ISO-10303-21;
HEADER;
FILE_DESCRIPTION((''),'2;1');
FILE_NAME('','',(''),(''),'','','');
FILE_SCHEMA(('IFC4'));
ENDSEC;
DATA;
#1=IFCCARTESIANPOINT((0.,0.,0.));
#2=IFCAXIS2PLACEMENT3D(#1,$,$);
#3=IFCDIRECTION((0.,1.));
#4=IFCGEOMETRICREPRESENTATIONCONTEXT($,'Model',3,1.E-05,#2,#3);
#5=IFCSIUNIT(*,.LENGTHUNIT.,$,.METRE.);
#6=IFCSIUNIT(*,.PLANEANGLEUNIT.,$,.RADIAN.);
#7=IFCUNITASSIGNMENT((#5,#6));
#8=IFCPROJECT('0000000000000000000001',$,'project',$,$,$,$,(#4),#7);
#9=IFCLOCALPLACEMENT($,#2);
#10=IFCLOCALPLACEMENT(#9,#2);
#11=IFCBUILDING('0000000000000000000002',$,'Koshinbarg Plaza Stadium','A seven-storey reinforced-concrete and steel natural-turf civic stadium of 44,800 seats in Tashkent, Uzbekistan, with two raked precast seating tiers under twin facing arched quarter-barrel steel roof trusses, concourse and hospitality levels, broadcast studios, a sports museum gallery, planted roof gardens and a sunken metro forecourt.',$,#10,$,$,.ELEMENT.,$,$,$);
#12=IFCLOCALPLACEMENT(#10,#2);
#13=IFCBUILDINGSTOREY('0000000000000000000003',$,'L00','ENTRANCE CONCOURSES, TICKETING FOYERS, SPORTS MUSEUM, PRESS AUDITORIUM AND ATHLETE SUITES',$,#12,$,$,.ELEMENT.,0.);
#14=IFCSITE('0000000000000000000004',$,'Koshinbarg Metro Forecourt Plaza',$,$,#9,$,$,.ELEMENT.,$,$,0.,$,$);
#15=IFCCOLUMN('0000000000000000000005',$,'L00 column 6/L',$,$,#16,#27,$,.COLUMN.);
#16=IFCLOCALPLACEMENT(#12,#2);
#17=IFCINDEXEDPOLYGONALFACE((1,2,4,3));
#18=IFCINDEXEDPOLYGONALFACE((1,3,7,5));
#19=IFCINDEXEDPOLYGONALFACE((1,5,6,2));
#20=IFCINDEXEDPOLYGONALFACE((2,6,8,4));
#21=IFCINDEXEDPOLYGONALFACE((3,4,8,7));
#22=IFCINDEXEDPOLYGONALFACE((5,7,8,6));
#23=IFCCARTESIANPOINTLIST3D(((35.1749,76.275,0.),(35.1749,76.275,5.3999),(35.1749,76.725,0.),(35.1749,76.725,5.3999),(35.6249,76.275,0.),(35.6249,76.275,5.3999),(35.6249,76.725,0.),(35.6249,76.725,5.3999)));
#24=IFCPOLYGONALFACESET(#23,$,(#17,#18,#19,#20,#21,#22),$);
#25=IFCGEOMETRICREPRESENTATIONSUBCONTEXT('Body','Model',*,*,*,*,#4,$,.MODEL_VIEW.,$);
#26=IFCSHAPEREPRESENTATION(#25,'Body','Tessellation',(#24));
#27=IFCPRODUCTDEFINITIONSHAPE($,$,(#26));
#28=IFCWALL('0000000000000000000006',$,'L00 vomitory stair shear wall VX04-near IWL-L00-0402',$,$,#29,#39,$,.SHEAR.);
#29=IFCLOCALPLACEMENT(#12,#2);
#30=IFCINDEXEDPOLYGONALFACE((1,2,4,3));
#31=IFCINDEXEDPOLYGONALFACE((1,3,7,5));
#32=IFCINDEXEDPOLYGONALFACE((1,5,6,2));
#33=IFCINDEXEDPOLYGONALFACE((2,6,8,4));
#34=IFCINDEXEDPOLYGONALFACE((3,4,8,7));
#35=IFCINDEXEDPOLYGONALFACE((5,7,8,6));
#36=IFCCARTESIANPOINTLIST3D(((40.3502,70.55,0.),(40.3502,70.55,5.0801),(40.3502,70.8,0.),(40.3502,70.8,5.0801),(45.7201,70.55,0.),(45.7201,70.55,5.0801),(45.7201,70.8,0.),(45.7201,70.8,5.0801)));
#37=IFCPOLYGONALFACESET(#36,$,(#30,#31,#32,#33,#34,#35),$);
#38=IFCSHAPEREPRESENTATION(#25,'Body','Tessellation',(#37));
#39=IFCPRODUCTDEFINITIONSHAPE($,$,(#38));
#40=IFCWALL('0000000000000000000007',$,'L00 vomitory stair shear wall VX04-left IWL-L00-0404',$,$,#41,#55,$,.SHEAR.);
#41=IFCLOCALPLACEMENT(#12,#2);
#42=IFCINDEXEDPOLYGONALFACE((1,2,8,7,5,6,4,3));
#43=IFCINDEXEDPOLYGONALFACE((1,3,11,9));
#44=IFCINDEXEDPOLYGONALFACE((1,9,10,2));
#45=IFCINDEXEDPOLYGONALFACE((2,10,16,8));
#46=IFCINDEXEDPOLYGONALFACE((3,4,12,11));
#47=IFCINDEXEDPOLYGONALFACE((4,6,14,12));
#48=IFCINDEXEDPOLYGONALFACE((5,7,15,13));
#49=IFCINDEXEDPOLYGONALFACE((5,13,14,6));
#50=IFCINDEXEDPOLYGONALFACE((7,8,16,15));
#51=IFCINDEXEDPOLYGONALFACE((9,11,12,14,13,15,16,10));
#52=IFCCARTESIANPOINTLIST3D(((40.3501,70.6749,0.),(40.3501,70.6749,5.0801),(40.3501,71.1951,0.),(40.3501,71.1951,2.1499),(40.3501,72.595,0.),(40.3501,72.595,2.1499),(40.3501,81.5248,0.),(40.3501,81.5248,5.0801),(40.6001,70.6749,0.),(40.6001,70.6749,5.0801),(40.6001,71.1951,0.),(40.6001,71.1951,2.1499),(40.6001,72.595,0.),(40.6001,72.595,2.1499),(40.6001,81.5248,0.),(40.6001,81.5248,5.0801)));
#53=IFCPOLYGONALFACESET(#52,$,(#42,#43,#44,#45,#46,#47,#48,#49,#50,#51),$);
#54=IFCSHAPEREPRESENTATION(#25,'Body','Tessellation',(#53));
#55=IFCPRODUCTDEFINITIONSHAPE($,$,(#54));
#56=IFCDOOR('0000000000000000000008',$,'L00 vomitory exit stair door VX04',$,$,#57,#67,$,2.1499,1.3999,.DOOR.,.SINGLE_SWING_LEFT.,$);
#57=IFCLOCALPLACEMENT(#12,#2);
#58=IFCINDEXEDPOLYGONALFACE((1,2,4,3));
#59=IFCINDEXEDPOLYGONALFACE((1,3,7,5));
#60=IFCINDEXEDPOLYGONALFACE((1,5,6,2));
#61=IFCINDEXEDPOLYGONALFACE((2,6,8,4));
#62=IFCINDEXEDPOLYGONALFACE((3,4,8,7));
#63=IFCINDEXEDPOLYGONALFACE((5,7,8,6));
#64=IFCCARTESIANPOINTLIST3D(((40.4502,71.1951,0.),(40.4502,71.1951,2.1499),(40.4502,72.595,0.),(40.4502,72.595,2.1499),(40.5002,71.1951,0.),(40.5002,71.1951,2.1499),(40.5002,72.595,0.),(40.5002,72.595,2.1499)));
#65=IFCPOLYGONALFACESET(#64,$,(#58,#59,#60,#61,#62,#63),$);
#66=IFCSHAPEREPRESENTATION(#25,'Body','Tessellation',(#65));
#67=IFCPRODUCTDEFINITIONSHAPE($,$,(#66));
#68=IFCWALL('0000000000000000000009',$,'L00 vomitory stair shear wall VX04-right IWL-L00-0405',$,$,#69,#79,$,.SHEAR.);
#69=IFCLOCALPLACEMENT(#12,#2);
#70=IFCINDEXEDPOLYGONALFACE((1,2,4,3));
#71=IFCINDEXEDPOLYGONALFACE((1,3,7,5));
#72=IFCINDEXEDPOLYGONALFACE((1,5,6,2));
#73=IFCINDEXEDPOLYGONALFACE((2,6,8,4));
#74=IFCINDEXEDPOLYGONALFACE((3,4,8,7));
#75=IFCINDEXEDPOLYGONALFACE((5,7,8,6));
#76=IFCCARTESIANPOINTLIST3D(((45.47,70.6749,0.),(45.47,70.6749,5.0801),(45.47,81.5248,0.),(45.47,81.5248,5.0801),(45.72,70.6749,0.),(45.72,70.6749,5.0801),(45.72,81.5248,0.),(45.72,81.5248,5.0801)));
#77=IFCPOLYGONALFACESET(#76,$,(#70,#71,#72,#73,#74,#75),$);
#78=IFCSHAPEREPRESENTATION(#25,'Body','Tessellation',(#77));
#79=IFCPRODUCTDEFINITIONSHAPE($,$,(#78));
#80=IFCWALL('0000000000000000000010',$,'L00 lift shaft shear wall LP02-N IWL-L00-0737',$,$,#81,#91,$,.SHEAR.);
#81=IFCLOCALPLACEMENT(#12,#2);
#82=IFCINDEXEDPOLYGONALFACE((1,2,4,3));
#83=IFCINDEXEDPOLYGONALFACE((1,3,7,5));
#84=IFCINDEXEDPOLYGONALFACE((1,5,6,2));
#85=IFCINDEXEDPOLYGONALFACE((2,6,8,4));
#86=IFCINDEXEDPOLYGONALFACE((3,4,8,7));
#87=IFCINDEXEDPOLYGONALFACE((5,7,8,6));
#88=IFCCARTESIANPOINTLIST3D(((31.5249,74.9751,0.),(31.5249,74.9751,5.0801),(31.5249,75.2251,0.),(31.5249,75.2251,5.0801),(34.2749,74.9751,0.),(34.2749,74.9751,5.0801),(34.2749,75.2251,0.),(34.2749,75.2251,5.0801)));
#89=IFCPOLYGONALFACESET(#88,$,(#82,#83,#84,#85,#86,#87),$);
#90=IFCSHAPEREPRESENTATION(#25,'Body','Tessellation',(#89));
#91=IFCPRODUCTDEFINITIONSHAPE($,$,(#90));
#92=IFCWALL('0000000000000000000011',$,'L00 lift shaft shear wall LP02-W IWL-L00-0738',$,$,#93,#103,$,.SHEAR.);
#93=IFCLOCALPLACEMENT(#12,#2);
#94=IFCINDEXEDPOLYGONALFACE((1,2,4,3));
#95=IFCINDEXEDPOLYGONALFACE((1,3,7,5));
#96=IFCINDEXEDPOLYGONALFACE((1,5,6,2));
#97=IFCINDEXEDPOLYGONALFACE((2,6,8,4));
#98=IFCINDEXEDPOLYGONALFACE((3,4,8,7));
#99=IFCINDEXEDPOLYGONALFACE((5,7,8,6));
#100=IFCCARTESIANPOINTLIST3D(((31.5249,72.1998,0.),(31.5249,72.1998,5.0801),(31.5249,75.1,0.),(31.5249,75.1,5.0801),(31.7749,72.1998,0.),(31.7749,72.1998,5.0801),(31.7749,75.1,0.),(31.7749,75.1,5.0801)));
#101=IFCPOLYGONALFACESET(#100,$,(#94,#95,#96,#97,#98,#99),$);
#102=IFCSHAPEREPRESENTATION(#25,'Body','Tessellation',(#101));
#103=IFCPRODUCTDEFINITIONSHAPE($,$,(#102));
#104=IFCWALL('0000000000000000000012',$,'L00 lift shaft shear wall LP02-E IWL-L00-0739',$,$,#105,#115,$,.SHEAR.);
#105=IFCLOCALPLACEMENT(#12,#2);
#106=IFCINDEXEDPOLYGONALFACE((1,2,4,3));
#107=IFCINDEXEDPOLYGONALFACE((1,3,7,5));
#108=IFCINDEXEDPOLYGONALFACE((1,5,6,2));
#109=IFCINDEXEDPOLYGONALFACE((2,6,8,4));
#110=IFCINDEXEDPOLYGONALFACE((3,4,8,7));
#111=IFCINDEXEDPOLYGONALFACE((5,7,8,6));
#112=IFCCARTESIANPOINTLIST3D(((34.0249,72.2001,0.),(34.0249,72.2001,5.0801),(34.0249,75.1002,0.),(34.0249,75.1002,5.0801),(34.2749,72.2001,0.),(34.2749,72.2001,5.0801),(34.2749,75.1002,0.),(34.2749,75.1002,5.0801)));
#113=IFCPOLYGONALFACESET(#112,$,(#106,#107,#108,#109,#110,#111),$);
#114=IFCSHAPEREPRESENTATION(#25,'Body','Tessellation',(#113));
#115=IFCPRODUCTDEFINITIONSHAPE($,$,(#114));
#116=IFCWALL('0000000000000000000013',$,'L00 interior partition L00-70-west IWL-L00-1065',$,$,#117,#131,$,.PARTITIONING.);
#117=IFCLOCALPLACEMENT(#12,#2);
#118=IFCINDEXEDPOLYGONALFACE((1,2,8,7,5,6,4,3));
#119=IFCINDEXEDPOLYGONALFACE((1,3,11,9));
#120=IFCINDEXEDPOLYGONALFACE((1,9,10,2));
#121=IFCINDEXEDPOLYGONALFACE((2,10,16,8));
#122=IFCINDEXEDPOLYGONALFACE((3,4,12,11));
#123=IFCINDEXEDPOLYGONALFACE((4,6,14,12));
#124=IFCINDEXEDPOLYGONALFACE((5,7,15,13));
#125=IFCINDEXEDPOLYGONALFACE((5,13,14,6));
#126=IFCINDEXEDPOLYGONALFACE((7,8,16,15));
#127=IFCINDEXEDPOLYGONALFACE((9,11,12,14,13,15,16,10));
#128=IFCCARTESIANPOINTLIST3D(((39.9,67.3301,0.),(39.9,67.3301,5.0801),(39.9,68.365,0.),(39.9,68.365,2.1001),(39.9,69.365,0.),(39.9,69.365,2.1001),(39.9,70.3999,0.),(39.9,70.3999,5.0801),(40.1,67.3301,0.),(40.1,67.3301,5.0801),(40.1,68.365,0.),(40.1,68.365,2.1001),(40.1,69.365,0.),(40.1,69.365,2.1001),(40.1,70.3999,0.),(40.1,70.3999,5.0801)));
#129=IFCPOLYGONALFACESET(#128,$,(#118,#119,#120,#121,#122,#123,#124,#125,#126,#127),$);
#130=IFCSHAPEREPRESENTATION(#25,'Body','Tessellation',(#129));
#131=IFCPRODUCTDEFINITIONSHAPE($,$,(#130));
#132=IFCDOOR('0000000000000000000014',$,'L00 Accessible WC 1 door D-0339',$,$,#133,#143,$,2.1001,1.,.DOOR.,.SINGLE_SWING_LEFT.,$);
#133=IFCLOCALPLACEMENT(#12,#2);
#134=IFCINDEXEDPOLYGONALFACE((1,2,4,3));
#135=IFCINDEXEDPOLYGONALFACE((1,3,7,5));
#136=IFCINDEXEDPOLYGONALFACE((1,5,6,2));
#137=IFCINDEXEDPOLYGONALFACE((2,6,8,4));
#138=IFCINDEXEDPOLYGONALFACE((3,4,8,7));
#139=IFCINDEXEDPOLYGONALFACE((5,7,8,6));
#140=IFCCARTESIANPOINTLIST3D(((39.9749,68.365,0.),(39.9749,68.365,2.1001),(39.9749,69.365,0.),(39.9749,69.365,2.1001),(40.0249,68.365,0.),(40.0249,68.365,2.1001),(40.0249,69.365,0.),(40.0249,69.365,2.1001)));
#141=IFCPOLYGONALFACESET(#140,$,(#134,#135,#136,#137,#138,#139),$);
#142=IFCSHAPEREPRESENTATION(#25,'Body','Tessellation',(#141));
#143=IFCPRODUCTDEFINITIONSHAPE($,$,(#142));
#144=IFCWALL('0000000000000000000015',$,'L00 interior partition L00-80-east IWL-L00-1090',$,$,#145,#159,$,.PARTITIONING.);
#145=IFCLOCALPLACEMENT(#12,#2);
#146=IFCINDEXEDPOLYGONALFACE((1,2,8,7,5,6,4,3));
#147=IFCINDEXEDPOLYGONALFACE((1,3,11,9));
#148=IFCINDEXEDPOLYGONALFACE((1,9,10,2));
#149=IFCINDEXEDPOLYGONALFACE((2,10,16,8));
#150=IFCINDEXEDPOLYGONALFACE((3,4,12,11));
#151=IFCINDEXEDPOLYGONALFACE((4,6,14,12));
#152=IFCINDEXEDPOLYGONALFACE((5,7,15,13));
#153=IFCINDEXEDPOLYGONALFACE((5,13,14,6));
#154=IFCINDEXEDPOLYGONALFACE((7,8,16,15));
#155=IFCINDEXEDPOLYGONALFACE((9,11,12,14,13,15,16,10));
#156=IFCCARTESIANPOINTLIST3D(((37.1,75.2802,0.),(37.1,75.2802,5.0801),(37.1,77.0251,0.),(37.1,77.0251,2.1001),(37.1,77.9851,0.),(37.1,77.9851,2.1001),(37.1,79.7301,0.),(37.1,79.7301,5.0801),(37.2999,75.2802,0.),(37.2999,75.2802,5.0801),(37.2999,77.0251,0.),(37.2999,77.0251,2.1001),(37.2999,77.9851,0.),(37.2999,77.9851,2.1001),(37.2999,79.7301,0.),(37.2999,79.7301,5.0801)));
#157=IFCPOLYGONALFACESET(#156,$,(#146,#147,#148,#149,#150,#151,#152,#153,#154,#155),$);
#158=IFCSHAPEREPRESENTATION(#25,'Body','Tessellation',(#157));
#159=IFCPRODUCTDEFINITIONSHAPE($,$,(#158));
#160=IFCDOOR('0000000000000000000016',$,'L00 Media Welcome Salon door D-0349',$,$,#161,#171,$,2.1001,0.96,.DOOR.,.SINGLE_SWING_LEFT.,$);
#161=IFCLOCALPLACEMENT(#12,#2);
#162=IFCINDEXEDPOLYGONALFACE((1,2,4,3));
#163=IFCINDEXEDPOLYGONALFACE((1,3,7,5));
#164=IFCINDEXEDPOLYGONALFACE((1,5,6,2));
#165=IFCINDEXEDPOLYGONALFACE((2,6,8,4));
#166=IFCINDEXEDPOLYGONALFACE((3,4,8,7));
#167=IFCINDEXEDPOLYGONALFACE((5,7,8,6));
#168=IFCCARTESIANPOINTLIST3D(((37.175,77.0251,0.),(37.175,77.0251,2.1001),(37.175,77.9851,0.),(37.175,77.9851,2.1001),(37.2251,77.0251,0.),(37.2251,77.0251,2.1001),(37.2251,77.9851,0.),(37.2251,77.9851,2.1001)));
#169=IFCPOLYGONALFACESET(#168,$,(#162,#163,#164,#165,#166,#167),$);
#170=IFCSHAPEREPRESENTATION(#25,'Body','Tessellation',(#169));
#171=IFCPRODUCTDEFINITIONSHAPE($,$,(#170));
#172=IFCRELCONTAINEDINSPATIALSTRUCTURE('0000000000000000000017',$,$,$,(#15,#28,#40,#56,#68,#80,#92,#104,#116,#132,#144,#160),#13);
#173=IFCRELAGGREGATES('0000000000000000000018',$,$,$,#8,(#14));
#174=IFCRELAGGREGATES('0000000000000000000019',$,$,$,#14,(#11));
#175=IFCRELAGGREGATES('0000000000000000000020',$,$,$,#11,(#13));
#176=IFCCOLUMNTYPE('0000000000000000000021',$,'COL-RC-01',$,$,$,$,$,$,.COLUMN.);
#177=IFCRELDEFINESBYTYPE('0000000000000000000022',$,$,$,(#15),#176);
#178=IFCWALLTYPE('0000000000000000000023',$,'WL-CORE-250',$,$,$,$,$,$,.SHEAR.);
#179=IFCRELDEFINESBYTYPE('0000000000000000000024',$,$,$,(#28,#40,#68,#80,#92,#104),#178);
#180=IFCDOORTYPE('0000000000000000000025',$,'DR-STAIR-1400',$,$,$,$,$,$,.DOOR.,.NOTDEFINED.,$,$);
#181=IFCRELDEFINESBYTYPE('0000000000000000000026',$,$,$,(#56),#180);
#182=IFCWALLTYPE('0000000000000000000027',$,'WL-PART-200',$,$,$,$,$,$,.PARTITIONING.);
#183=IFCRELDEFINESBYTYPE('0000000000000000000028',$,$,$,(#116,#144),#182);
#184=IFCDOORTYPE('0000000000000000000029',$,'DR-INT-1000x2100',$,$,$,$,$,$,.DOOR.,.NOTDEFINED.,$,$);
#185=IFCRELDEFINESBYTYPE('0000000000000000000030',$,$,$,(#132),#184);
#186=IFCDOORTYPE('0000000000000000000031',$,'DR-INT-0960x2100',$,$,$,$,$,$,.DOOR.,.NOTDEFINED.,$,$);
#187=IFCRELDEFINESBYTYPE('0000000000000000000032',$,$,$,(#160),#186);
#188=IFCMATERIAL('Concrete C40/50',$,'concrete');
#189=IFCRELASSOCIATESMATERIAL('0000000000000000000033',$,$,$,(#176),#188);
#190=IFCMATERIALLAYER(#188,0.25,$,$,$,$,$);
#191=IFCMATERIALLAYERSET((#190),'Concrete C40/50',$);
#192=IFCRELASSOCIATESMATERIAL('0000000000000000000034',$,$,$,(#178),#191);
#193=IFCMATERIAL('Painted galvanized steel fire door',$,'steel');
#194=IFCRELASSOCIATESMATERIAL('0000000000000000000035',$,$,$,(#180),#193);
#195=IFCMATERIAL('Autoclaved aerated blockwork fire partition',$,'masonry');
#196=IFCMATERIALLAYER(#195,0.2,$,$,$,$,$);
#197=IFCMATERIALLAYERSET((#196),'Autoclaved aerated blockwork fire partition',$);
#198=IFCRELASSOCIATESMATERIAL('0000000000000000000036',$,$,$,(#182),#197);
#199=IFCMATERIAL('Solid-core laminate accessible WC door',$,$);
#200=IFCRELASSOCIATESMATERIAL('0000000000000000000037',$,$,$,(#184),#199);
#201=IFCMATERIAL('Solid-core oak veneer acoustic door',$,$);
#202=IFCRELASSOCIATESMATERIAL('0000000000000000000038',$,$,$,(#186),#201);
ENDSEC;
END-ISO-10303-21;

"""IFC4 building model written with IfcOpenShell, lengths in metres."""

from ifc_helpers import new_model, si_unit, direction, frame, frame_2d, origin, origin_2d, place, context, subcontext, project, spatial, rectangle, extrude, material, layer, layer_set, material_profile, profile_set, type_object, element, fill, save


model = new_model("IFC4")

# Units and contexts
model_context = context("Model", 3, precision=1e-05, world=origin(), true_north=direction((0.0, 1.0)))
body_context = subcontext(model_context, "Body", "Model", "MODEL_VIEW")
ifc_project = project(units=[si_unit("LENGTHUNIT", "METRE"), si_unit("PLANEANGLEUNIT", "RADIAN")], contexts=[model_context])

# Site, building, storey
site_placement = place(None, origin())
site = spatial("IfcSite", under=ifc_project, at=site_placement, Name="Koshinbarg Metro Forecourt Plaza", CompositionType="ELEMENT", RefElevation=0.0)
building_placement = place(site_placement, origin())
building = spatial("IfcBuilding", under=site, at=building_placement, Name="Koshinbarg Plaza Stadium", Description="A seven-storey reinforced-concrete and steel natural-turf civic stadium of 44,800 seats in Tashkent, Uzbekistan, with two raked precast seating tiers under twin facing arched quarter-barrel steel roof trusses, concourse and hospitality levels, broadcast studios, a sports museum gallery, planted roof gardens and a sunken metro forecourt.", CompositionType="ELEMENT")
storey_placement = place(building_placement, origin())
storey = spatial("IfcBuildingStorey", under=building, at=storey_placement, Name="L00", Description="ENTRANCE CONCOURSES, TICKETING FOYERS, SPORTS MUSEUM, PRESS AUDITORIUM AND ATHLETE SUITES", CompositionType="ELEMENT", Elevation=0.0)

# Column
ifc_material_1 = material(Name="Concrete C40/50", Category="concrete")
ifc_material_profile_1 = material_profile(ifc_material_1, rectangle(XDim=0.45, YDim=0.45, at=origin_2d()), Name="RC 450x450")
ifc_profile_set_1 = profile_set([ifc_material_profile_1], Name="Concrete C40/50")
column_type = type_object("IfcColumnType", Name="COL-RC-01", PredefinedType="COLUMN", material=ifc_profile_set_1)
for number, where, z_axis, x_axis, name in (
    (1, (35.3999, 76.5, 0.0), (0.0, 0.0, 1.0), (1.0, 0.0, 0.0), "L00 column 6/L"),
):
    element("IfcColumn", number, at=place(storey_placement, frame(where, z_axis=z_axis, x_axis=x_axis)), inside=storey, type_object=column_type, Name=name, PredefinedType="COLUMN", context=body_context, shape_type="SweptSolid", body=[
        extrude(rectangle(XDim=0.45, YDim=0.45, at=origin_2d()), origin(), (0.0, 0.0, 1.0), 5.3999),
    ])

# Wall
ifc_layer_1 = layer(ifc_material_1, 0.25)
ifc_layer_set_1 = layer_set([ifc_layer_1], Name="Concrete C40/50")
wall_type_1 = type_object("IfcWallType", Name="WL-CORE-250", PredefinedType="SHEAR", material=ifc_layer_set_1)
wall_1_placement = place(storey_placement, frame((40.3501, 70.675, 0.0), z_axis=(0.0, 0.0, 1.0), x_axis=(1.0, 0.0, 0.0)))
element("IfcWall", 2, at=wall_1_placement, inside=storey, type_object=wall_type_1, Name="L00 vomitory stair shear wall VX04-near IWL-L00-0402", PredefinedType="SHEAR", context=body_context, shape_type="SweptSolid", body=[
    extrude(rectangle(XDim=5.3699, YDim=0.25, at=frame_2d((2.6851, 0.0))), origin(), (0.0, 0.0, 1.0), 5.0801),
])

# Wall, opening, door
wall_2_placement = place(storey_placement, frame((40.4751, 70.675, 0.0), z_axis=(0.0, 0.0, 1.0), x_axis=(0.0, 1.0, 0.0)))
wall_2 = element("IfcWall", 3, at=wall_2_placement, inside=storey, type_object=wall_type_1, Name="L00 vomitory stair shear wall VX04-left IWL-L00-0404", PredefinedType="SHEAR", context=body_context, shape_type="SweptSolid", body=[
    extrude(rectangle(XDim=10.8499, YDim=0.25, at=frame_2d((5.4248, 0.0))), origin(), (0.0, 0.0, 1.0), 5.0801),
])
opening_1_placement = place(wall_2_placement, frame((0.52, 0.0, 0.0)))
opening_1 = element("IfcOpeningElement", 4, at=opening_1_placement, cuts=wall_2, PredefinedType="OPENING", context=body_context, shape_type="SweptSolid", body=[
    extrude(rectangle(XDim=1.3999, YDim=2.1499, at=frame_2d((0.7, 1.075))), frame((0.0, 0.135, 0.0), z_axis=(0.0, -1.0, 0.0), x_axis=(1.0, 0.0, 0.0)), (0.0, 0.0, 1.0), 0.27),
])
ifc_material_2 = material(Name="Painted galvanized steel fire door", Category="steel")
door_type_1 = type_object("IfcDoorType", Name="DR-STAIR-1400", OperationType="NOTDEFINED", PredefinedType="DOOR", material=ifc_material_2)
door_1_placement = place(opening_1_placement, origin())
door_1 = element("IfcDoor", 5, at=door_1_placement, inside=storey, type_object=door_type_1, Name="L00 vomitory exit stair door VX04", OperationType="SINGLE_SWING_LEFT", OverallHeight=2.1499, OverallWidth=1.3999, PredefinedType="DOOR", context=body_context, shape_type="SweptSolid", body=[
    extrude(rectangle(XDim=1.3999, YDim=2.1499, at=frame_2d((0.7, 1.075))), frame((0.0, 0.0249, 0.0), z_axis=(0.0, -1.0, 0.0), x_axis=(1.0, 0.0, 0.0)), (0.0, 0.0, 1.0), 0.05),
])
fill(opening_1, door_1)

# Wall
wall_3_placement = place(storey_placement, frame((45.595, 70.675, 0.0), z_axis=(0.0, 0.0, 1.0), x_axis=(0.0, 1.0, 0.0)))
element("IfcWall", 6, at=wall_3_placement, inside=storey, type_object=wall_type_1, Name="L00 vomitory stair shear wall VX04-right IWL-L00-0405", PredefinedType="SHEAR", context=body_context, shape_type="SweptSolid", body=[
    extrude(rectangle(XDim=10.8499, YDim=0.25, at=frame_2d((5.4248, 0.0))), origin(), (0.0, 0.0, 1.0), 5.0801),
])

# Walls
wall_4_placement = place(storey_placement, frame((34.2749, 75.1001, 0.0), z_axis=(0.0, 0.0, 1.0), x_axis=(-1.0, 0.0, 0.0)))
element("IfcWall", 7, at=wall_4_placement, inside=storey, type_object=wall_type_1, Name="L00 lift shaft shear wall LP02-N IWL-L00-0737", PredefinedType="SHEAR", context=body_context, shape_type="SweptSolid", body=[
    extrude(rectangle(XDim=2.75, YDim=0.25, at=frame_2d((1.375, 0.0))), origin(), (0.0, 0.0, 1.0), 5.0801),
])
for number, where, z_axis, x_axis, name in (
    (8, (31.6499, 75.1001, 0.0), (0.0, 0.0, 1.0), (0.0, -1.0, 0.0), "L00 lift shaft shear wall LP02-W IWL-L00-0738"),
    (9, (34.1499, 72.2, 0.0), (0.0, 0.0, 1.0), (0.0, 1.0, 0.0), "L00 lift shaft shear wall LP02-E IWL-L00-0739"),
):
    element("IfcWall", number, at=place(storey_placement, frame(where, z_axis=z_axis, x_axis=x_axis)), inside=storey, type_object=wall_type_1, Name=name, PredefinedType="SHEAR", context=body_context, shape_type="SweptSolid", body=[
        extrude(rectangle(XDim=2.9001, YDim=0.25, at=frame_2d((1.4502, 0.0))), origin(), (0.0, 0.0, 1.0), 5.0801),
    ])

# Walls, openings, doors
ifc_material_3 = material(Name="Autoclaved aerated blockwork fire partition", Category="masonry")
ifc_layer_2 = layer(ifc_material_3, 0.2)
ifc_layer_set_2 = layer_set([ifc_layer_2], Name="Autoclaved aerated blockwork fire partition")
wall_type_2 = type_object("IfcWallType", Name="WL-PART-200", PredefinedType="PARTITIONING", material=ifc_layer_set_2)
wall_5_placement = place(storey_placement, frame((40.0, 70.3999, 0.0), z_axis=(0.0, 0.0, 1.0), x_axis=(0.0, -1.0, 0.0)))
wall_5 = element("IfcWall", 10, at=wall_5_placement, inside=storey, type_object=wall_type_2, Name="L00 interior partition L00-70-west IWL-L00-1065", PredefinedType="PARTITIONING", context=body_context, shape_type="SweptSolid", body=[
    extrude(rectangle(XDim=3.0698, YDim=0.2, at=frame_2d((1.5349, 0.0))), origin(), (0.0, 0.0, 1.0), 5.0801),
])
opening_2_placement = place(wall_5_placement, frame((1.0349, 0.0, 0.0)))
opening_2 = element("IfcOpeningElement", 11, at=opening_2_placement, cuts=wall_5, PredefinedType="OPENING", context=body_context, shape_type="SweptSolid", body=[
    extrude(rectangle(XDim=1.0, YDim=2.1001, at=frame_2d((0.5, 1.05))), frame((0.0, 0.1099, 0.0), z_axis=(0.0, -1.0, 0.0), x_axis=(1.0, 0.0, 0.0)), (0.0, 0.0, 1.0), 0.22),
])
ifc_material_4 = material(Name="Solid-core laminate accessible WC door")
door_type_2 = type_object("IfcDoorType", Name="DR-INT-1000x2100", OperationType="NOTDEFINED", PredefinedType="DOOR", material=ifc_material_4)
door_2_placement = place(opening_2_placement, origin())
door_2 = element("IfcDoor", 12, at=door_2_placement, inside=storey, type_object=door_type_2, Name="L00 Accessible WC 1 door D-0339", OperationType="SINGLE_SWING_LEFT", OverallHeight=2.1001, OverallWidth=1.0, PredefinedType="DOOR", context=body_context, shape_type="SweptSolid", body=[
    extrude(rectangle(XDim=1.0, YDim=2.1001, at=frame_2d((0.5, 1.05))), frame((0.0, 0.0249, 0.0), z_axis=(0.0, -1.0, 0.0), x_axis=(1.0, 0.0, 0.0)), (0.0, 0.0, 1.0), 0.05),
])
fill(opening_2, door_2)
wall_6_placement = place(storey_placement, frame((37.2, 75.28, 0.0), z_axis=(0.0, 0.0, 1.0), x_axis=(0.0, 1.0, 0.0)))
wall_6 = element("IfcWall", 13, at=wall_6_placement, inside=storey, type_object=wall_type_2, Name="L00 interior partition L00-80-east IWL-L00-1090", PredefinedType="PARTITIONING", context=body_context, shape_type="SweptSolid", body=[
    extrude(rectangle(XDim=4.45, YDim=0.2, at=frame_2d((2.2251, 0.0))), origin(), (0.0, 0.0, 1.0), 5.0801),
])
opening_3_placement = place(wall_6_placement, frame((1.7451, 0.0, 0.0)))
opening_3 = element("IfcOpeningElement", 14, at=opening_3_placement, cuts=wall_6, PredefinedType="OPENING", context=body_context, shape_type="SweptSolid", body=[
    extrude(rectangle(XDim=0.96, YDim=2.1001, at=frame_2d((0.48, 1.05))), frame((0.0, 0.1099, 0.0), z_axis=(0.0, -1.0, 0.0), x_axis=(1.0, 0.0, 0.0)), (0.0, 0.0, 1.0), 0.22),
])
ifc_material_5 = material(Name="Solid-core oak veneer acoustic door")
door_type_3 = type_object("IfcDoorType", Name="DR-INT-0960x2100", OperationType="NOTDEFINED", PredefinedType="DOOR", material=ifc_material_5)
door_3_placement = place(opening_3_placement, origin())
door_3 = element("IfcDoor", 15, at=door_3_placement, inside=storey, type_object=door_type_3, Name="L00 Media Welcome Salon door D-0349", OperationType="SINGLE_SWING_LEFT", OverallHeight=2.1001, OverallWidth=0.96, PredefinedType="DOOR", context=body_context, shape_type="SweptSolid", body=[
    extrude(rectangle(XDim=0.96, YDim=2.1001, at=frame_2d((0.48, 1.05))), frame((0.0, 0.0249, 0.0), z_axis=(0.0, -1.0, 0.0), x_axis=(1.0, 0.0, 0.0)), (0.0, 0.0, 1.0), 0.05),
])
fill(opening_3, door_3)

save(model, "model.ifc")
